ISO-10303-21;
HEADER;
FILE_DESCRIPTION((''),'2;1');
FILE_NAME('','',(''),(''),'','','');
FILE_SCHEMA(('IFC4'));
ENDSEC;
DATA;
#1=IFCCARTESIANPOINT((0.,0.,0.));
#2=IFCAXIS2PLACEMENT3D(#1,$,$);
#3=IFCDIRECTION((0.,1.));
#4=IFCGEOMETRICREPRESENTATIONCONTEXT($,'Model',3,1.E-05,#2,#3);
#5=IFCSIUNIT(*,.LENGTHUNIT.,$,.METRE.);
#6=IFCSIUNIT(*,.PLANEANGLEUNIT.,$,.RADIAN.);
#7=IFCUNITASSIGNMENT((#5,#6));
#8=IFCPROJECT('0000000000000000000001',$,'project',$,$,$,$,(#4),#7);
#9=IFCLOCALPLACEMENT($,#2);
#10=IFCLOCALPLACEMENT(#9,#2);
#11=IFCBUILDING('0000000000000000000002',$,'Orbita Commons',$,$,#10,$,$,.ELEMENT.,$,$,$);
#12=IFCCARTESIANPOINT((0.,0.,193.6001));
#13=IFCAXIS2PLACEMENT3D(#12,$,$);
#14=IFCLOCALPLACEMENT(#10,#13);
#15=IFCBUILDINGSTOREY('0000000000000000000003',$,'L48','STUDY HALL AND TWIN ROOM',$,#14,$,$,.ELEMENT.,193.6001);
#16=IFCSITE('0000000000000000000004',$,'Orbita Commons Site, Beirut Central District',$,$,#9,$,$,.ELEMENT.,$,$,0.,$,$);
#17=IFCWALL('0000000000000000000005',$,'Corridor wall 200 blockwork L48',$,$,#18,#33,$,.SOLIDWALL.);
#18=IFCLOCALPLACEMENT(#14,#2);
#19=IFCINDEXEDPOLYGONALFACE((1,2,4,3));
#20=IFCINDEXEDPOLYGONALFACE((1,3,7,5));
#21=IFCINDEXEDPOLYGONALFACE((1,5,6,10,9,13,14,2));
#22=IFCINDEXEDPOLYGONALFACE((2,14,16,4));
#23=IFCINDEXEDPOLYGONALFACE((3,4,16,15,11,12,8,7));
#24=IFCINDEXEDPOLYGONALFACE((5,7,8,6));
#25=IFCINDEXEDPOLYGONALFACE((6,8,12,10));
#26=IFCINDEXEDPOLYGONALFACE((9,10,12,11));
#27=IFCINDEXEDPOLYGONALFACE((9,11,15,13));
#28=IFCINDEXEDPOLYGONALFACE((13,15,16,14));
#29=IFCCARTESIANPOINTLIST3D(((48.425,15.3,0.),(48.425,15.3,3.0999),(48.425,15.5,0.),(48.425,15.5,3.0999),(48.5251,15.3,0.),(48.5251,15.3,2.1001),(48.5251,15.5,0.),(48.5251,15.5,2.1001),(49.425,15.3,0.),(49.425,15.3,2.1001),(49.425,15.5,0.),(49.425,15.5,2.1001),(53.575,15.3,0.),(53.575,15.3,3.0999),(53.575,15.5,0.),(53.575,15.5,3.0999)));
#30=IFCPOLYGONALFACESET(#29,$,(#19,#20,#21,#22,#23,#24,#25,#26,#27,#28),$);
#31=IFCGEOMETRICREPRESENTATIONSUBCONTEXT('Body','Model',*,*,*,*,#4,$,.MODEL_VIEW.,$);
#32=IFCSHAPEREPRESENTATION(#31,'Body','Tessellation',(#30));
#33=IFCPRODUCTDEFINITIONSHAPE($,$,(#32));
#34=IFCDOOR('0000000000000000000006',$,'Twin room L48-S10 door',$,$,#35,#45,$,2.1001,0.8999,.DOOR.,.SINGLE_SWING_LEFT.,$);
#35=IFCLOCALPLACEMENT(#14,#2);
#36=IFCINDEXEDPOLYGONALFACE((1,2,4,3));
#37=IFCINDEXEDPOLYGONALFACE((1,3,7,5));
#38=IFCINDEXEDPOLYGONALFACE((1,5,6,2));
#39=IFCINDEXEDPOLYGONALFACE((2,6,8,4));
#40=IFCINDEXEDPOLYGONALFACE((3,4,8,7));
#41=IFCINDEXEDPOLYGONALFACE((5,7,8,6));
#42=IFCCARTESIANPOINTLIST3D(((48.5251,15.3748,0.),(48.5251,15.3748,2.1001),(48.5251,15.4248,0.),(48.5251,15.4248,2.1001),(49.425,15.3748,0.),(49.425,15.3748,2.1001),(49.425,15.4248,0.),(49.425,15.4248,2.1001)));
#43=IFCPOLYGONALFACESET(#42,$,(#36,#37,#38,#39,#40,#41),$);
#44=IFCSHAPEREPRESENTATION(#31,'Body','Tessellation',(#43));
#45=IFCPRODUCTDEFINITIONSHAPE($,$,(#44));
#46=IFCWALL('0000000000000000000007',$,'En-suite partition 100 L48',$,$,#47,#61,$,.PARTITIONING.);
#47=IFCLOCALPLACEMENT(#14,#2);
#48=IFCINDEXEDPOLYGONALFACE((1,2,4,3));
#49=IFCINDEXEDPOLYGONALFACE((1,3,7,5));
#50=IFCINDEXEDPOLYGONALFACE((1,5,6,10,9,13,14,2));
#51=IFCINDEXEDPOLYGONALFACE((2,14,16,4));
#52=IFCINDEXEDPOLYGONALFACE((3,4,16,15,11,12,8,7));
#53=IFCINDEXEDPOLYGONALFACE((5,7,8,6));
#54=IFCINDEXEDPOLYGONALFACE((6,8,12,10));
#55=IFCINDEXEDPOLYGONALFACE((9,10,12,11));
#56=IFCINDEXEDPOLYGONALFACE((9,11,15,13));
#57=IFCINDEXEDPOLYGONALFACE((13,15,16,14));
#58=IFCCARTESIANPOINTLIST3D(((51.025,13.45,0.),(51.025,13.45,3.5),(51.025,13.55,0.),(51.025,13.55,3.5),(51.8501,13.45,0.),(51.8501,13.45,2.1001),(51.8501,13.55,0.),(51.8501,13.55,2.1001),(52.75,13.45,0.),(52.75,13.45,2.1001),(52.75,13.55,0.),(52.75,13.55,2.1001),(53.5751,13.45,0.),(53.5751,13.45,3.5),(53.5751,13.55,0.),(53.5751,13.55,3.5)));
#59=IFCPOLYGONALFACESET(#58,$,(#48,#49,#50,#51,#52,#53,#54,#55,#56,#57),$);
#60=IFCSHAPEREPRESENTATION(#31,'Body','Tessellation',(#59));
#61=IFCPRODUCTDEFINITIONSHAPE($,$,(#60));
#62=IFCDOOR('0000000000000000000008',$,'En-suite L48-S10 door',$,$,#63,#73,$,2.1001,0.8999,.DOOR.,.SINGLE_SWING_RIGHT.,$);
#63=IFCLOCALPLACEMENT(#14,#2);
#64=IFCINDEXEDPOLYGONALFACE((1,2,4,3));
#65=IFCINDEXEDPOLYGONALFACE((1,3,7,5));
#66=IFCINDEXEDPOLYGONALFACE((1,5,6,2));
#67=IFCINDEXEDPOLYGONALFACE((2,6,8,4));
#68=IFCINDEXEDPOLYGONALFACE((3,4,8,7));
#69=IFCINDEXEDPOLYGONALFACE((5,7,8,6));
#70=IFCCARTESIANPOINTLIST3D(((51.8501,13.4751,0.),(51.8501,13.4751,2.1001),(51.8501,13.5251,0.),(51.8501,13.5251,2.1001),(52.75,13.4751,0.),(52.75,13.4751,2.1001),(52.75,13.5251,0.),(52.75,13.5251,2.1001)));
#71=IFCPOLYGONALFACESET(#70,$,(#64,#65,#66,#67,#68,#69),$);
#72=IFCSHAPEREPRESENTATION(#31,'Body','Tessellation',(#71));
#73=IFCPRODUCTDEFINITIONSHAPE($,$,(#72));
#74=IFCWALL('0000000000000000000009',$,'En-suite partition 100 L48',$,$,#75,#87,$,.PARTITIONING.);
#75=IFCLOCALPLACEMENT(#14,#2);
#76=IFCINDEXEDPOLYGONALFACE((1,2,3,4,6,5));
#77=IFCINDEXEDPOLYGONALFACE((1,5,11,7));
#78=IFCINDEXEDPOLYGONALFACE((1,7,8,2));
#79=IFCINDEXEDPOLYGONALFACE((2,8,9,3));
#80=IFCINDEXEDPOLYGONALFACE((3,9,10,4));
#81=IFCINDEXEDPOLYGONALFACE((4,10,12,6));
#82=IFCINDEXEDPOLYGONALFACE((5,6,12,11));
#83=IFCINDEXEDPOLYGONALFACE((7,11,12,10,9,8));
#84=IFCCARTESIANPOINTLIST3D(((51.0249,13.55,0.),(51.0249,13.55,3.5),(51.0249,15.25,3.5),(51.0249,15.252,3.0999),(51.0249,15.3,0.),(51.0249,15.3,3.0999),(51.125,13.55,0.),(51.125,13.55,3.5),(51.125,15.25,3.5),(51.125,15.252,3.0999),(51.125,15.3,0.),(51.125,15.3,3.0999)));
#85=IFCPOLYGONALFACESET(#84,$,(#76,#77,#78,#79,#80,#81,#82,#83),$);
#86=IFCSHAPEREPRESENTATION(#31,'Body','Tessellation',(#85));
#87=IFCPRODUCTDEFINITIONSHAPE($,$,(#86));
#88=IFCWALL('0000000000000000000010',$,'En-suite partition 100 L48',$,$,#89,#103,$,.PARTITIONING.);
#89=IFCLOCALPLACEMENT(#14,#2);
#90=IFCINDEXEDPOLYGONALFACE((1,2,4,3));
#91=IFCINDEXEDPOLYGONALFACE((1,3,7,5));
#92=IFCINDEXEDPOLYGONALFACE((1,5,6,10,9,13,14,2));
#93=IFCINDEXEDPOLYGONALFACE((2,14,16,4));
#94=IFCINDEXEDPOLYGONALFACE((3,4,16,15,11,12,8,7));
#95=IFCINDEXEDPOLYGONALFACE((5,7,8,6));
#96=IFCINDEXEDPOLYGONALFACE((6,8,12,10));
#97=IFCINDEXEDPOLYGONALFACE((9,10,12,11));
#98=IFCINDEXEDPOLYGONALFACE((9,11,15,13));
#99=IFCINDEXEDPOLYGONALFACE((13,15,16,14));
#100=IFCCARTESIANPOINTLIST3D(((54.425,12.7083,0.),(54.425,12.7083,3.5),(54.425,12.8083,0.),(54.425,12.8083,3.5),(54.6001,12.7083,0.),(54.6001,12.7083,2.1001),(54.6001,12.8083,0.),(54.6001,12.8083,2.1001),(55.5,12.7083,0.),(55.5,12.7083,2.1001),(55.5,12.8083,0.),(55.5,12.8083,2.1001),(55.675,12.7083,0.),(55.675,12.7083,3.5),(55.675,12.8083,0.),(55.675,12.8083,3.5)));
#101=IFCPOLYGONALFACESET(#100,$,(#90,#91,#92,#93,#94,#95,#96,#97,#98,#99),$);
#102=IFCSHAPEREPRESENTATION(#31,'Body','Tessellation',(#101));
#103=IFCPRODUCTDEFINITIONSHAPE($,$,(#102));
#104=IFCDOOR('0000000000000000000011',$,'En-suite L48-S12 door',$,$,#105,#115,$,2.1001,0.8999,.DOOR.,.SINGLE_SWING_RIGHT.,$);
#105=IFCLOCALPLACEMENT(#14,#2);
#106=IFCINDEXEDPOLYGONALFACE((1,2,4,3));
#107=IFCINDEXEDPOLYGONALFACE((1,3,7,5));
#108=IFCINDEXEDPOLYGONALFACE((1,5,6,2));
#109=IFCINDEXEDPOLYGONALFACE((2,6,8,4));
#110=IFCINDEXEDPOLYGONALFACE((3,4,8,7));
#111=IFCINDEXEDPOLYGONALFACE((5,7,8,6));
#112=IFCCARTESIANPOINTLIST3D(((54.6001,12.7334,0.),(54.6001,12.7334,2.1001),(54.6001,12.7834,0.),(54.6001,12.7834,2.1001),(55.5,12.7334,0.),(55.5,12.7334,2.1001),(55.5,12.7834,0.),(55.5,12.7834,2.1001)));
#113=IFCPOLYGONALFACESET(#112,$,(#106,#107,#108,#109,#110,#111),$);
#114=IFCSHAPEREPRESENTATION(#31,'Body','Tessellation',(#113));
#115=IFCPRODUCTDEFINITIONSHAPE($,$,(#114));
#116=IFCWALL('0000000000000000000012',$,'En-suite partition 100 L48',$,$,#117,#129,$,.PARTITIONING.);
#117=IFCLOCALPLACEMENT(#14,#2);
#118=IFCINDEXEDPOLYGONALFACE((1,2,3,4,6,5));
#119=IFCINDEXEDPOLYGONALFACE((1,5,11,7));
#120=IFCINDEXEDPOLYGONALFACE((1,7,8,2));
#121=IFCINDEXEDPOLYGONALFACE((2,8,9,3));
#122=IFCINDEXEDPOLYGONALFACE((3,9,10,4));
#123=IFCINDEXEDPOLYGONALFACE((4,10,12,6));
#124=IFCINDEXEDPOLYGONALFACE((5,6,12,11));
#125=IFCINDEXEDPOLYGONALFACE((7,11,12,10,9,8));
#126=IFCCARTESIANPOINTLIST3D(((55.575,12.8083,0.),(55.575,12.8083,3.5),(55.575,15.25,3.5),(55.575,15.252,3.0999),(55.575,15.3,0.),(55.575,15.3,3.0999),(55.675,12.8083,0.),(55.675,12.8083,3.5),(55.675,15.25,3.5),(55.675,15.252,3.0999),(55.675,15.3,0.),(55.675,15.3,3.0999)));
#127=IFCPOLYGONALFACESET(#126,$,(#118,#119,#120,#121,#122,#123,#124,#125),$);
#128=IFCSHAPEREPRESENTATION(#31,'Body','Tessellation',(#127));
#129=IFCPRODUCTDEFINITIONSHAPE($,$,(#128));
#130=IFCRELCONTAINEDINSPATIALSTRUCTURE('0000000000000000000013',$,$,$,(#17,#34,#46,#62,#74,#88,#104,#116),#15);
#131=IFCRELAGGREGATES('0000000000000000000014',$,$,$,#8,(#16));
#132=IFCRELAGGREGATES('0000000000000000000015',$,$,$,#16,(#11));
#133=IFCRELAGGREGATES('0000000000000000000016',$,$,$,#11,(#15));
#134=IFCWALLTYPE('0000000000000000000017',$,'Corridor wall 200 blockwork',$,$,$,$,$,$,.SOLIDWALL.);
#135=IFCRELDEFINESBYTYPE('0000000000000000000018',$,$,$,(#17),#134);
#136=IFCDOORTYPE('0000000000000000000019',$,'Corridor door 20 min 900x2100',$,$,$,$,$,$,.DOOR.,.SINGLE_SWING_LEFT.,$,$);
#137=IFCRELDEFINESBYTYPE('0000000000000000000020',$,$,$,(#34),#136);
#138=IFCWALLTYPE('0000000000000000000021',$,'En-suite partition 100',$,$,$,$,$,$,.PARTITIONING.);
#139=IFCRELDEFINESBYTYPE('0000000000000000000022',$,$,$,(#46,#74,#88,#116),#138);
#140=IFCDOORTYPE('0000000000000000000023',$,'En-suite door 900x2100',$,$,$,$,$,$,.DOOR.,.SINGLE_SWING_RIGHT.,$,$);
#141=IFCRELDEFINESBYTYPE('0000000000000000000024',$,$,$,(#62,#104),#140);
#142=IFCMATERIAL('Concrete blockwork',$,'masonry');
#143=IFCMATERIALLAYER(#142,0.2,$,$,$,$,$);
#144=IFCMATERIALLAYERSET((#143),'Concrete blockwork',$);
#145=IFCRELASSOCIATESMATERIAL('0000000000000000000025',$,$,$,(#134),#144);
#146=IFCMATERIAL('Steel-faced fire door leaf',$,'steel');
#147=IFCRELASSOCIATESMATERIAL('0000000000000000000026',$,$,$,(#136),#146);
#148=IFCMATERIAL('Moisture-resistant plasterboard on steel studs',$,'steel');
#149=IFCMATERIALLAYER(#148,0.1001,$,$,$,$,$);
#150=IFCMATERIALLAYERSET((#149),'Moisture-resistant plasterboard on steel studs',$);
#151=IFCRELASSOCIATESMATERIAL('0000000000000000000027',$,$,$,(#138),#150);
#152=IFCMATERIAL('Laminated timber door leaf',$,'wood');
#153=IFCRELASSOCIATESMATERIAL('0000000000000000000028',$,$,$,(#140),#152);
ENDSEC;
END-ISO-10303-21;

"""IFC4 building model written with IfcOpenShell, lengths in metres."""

from ifc_helpers import new_model, si_unit, direction, frame, frame_2d, origin, place, context, subcontext, project, spatial, polyline, rectangle, outline, extrude, material, layer, layer_set, type_object, element, fill, save


model = new_model("IFC4")

# Units and contexts
model_context = context("Model", 3, precision=1e-05, world=origin(), true_north=direction((0.0, 1.0)))
body_context = subcontext(model_context, "Body", "Model", "MODEL_VIEW")
ifc_project = project(units=[si_unit("LENGTHUNIT", "METRE"), si_unit("PLANEANGLEUNIT", "RADIAN")], contexts=[model_context])

# Site, building, storey
site_placement = place(None, origin())
site = spatial("IfcSite", under=ifc_project, at=site_placement, Name="Orbita Commons Site, Beirut Central District", CompositionType="ELEMENT", RefElevation=0.0)
building_placement = place(site_placement, origin())
building = spatial("IfcBuilding", under=site, at=building_placement, Name="Orbita Commons", CompositionType="ELEMENT")
storey_placement = place(building_placement, frame((0.0, 0.0, 193.6001)))
storey = spatial("IfcBuildingStorey", under=building, at=storey_placement, Name="L48", Description="STUDY HALL AND TWIN ROOM", CompositionType="ELEMENT", Elevation=193.6001)

# Walls, openings, doors
ifc_material_1 = material(Name="Concrete blockwork", Category="masonry")
ifc_layer_1 = layer(ifc_material_1, 0.2)
ifc_layer_set_1 = layer_set([ifc_layer_1], Name="Concrete blockwork")
wall_type_1 = type_object("IfcWallType", Name="Corridor wall 200 blockwork", PredefinedType="SOLIDWALL", material=ifc_layer_set_1)
wall_1_placement = place(storey_placement, frame((48.425, 15.3999, 0.0), z_axis=(0.0, 0.0, 1.0), x_axis=(1.0, 0.0, 0.0)))
wall_1 = element("IfcWall", 1, at=wall_1_placement, inside=storey, type_object=wall_type_1, Name="Corridor wall 200 blockwork L48", PredefinedType="SOLIDWALL", context=body_context, shape_type="SweptSolid", body=[
    extrude(outline(polyline([(0.0, 0.0), (5.1499, 0.0), (5.1499, 3.0999), (0.0, 3.0999), (0.0, 0.0)])), frame((0.0, 0.1001, 0.0), z_axis=(0.0, -1.0, 0.0), x_axis=(1.0, 0.0, 0.0)), (0.0, 0.0, 1.0), 0.2),
])
opening_1_placement = place(wall_1_placement, frame((0.1001, 0.0, 0.0)))
opening_1 = element("IfcOpeningElement", 2, at=opening_1_placement, cuts=wall_1, PredefinedType="OPENING", context=body_context, shape_type="SweptSolid", body=[
    extrude(rectangle(XDim=0.8999, YDim=2.1001, at=frame_2d((0.45, 1.05))), frame((0.0, 0.1099, 0.0), z_axis=(0.0, -1.0, 0.0), x_axis=(1.0, 0.0, 0.0)), (0.0, 0.0, 1.0), 0.22),
])
ifc_material_2 = material(Name="Steel-faced fire door leaf", Category="steel")
door_type_1 = type_object("IfcDoorType", Name="Corridor door 20 min 900x2100", OperationType="SINGLE_SWING_LEFT", PredefinedType="DOOR", material=ifc_material_2)
door_1_placement = place(opening_1_placement, origin())
door_1 = element("IfcDoor", 3, at=door_1_placement, inside=storey, type_object=door_type_1, Name="Twin room L48-S10 door", OperationType="SINGLE_SWING_LEFT", OverallHeight=2.1001, OverallWidth=0.8999, PredefinedType="DOOR", context=body_context, shape_type="SweptSolid", body=[
    extrude(rectangle(XDim=0.8999, YDim=2.1001, at=frame_2d((0.45, 1.05))), frame((0.0, 0.0249, 0.0), z_axis=(0.0, -1.0, 0.0), x_axis=(1.0, 0.0, 0.0)), (0.0, 0.0, 1.0), 0.05),
])
fill(opening_1, door_1)
ifc_material_3 = material(Name="Moisture-resistant plasterboard on steel studs", Category="steel")
ifc_layer_2 = layer(ifc_material_3, 0.1001)
ifc_layer_set_2 = layer_set([ifc_layer_2], Name="Moisture-resistant plasterboard on steel studs")
wall_type_2 = type_object("IfcWallType", Name="En-suite partition 100", PredefinedType="PARTITIONING", material=ifc_layer_set_2)
wall_2_placement = place(storey_placement, frame((53.575, 13.5, 0.0), z_axis=(0.0, 0.0, 1.0), x_axis=(-1.0, 0.0, 0.0)))
wall_2 = element("IfcWall", 4, at=wall_2_placement, inside=storey, type_object=wall_type_2, Name="En-suite partition 100 L48", PredefinedType="PARTITIONING", context=body_context, shape_type="SweptSolid", body=[
    extrude(rectangle(XDim=2.55, YDim=0.1001, at=frame_2d((1.2749, 0.0))), origin(), (0.0, 0.0, 1.0), 3.5),
])
opening_2_placement = place(wall_2_placement, frame((0.825, 0.0, 0.0)))
opening_2 = element("IfcOpeningElement", 5, at=opening_2_placement, cuts=wall_2, PredefinedType="OPENING", context=body_context, shape_type="SweptSolid", body=[
    extrude(rectangle(XDim=0.8999, YDim=2.1001, at=frame_2d((0.45, 1.05))), frame((0.0, 0.0601, 0.0), z_axis=(0.0, -1.0, 0.0), x_axis=(1.0, 0.0, 0.0)), (0.0, 0.0, 1.0), 0.1201),
])
ifc_material_4 = material(Name="Laminated timber door leaf", Category="wood")
door_type_2 = type_object("IfcDoorType", Name="En-suite door 900x2100", OperationType="SINGLE_SWING_RIGHT", PredefinedType="DOOR", material=ifc_material_4)
door_2_placement = place(opening_2_placement, origin())
door_2 = element("IfcDoor", 6, at=door_2_placement, inside=storey, type_object=door_type_2, Name="En-suite L48-S10 door", OperationType="SINGLE_SWING_RIGHT", OverallHeight=2.1001, OverallWidth=0.8999, PredefinedType="DOOR", context=body_context, shape_type="SweptSolid", body=[
    extrude(rectangle(XDim=0.8999, YDim=2.1001, at=frame_2d((0.45, 1.05))), frame((0.0, 0.0249, 0.0), z_axis=(0.0, -1.0, 0.0), x_axis=(1.0, 0.0, 0.0)), (0.0, 0.0, 1.0), 0.05),
])
fill(opening_2, door_2)

# Wall
wall_3_placement = place(storey_placement, frame((51.075, 13.55, 0.0), z_axis=(0.0, 0.0, 1.0), x_axis=(0.0, 1.0, 0.0)))
element("IfcWall", 7, at=wall_3_placement, inside=storey, type_object=wall_type_2, Name="En-suite partition 100 L48", PredefinedType="PARTITIONING", context=body_context, shape_type="SweptSolid", body=[
    extrude(outline(polyline([(0.0, 0.0), (1.75, 0.0), (1.75, 3.0999), (1.7019, 3.0999), (1.7, 3.5), (0.0, 3.5), (0.0, 0.0)])), frame((0.0, 0.05, 0.0), z_axis=(0.0, -1.0, 0.0), x_axis=(1.0, 0.0, 0.0)), (0.0, 0.0, 1.0), 0.1001),
])

# Wall, opening, door
wall_4_placement = place(storey_placement, frame((55.675, 12.7583, 0.0), z_axis=(0.0, 0.0, 1.0), x_axis=(-1.0, 0.0, 0.0)))
wall_4 = element("IfcWall", 8, at=wall_4_placement, inside=storey, type_object=wall_type_2, Name="En-suite partition 100 L48", PredefinedType="PARTITIONING", context=body_context, shape_type="SweptSolid", body=[
    extrude(rectangle(XDim=1.25, YDim=0.1001, at=frame_2d((0.625, 0.0))), origin(), (0.0, 0.0, 1.0), 3.5),
])
opening_3_placement = place(wall_4_placement, frame((0.175, 0.0, 0.0)))
opening_3 = element("IfcOpeningElement", 9, at=opening_3_placement, cuts=wall_4, PredefinedType="OPENING", context=body_context, shape_type="SweptSolid", body=[
    extrude(rectangle(XDim=0.8999, YDim=2.1001, at=frame_2d((0.45, 1.05))), frame((0.0, 0.0601, 0.0), z_axis=(0.0, -1.0, 0.0), x_axis=(1.0, 0.0, 0.0)), (0.0, 0.0, 1.0), 0.1201),
])
door_3_placement = place(opening_3_placement, origin())
door_3 = element("IfcDoor", 10, at=door_3_placement, inside=storey, type_object=door_type_2, Name="En-suite L48-S12 door", OperationType="SINGLE_SWING_RIGHT", OverallHeight=2.1001, OverallWidth=0.8999, PredefinedType="DOOR", context=body_context, shape_type="SweptSolid", body=[
    extrude(rectangle(XDim=0.8999, YDim=2.1001, at=frame_2d((0.45, 1.05))), frame((0.0, 0.0249, 0.0), z_axis=(0.0, -1.0, 0.0), x_axis=(1.0, 0.0, 0.0)), (0.0, 0.0, 1.0), 0.05),
])
fill(opening_3, door_3)

# Wall
wall_5_placement = place(storey_placement, frame((55.625, 12.8083, 0.0), z_axis=(0.0, 0.0, 1.0), x_axis=(0.0, 1.0, 0.0)))
element("IfcWall", 11, at=wall_5_placement, inside=storey, type_object=wall_type_2, Name="En-suite partition 100 L48", PredefinedType="PARTITIONING", context=body_context, shape_type="SweptSolid", body=[
    extrude(outline(polyline([(0.0, 0.0), (2.4917, 0.0), (2.4917, 3.0999), (2.4436, 3.0999), (2.4417, 3.5), (0.0, 3.5), (0.0, 0.0)])), frame((0.0, 0.05, 0.0), z_axis=(0.0, -1.0, 0.0), x_axis=(1.0, 0.0, 0.0)), (0.0, 0.0, 1.0), 0.1001),
])

save(model, "model.ifc")
